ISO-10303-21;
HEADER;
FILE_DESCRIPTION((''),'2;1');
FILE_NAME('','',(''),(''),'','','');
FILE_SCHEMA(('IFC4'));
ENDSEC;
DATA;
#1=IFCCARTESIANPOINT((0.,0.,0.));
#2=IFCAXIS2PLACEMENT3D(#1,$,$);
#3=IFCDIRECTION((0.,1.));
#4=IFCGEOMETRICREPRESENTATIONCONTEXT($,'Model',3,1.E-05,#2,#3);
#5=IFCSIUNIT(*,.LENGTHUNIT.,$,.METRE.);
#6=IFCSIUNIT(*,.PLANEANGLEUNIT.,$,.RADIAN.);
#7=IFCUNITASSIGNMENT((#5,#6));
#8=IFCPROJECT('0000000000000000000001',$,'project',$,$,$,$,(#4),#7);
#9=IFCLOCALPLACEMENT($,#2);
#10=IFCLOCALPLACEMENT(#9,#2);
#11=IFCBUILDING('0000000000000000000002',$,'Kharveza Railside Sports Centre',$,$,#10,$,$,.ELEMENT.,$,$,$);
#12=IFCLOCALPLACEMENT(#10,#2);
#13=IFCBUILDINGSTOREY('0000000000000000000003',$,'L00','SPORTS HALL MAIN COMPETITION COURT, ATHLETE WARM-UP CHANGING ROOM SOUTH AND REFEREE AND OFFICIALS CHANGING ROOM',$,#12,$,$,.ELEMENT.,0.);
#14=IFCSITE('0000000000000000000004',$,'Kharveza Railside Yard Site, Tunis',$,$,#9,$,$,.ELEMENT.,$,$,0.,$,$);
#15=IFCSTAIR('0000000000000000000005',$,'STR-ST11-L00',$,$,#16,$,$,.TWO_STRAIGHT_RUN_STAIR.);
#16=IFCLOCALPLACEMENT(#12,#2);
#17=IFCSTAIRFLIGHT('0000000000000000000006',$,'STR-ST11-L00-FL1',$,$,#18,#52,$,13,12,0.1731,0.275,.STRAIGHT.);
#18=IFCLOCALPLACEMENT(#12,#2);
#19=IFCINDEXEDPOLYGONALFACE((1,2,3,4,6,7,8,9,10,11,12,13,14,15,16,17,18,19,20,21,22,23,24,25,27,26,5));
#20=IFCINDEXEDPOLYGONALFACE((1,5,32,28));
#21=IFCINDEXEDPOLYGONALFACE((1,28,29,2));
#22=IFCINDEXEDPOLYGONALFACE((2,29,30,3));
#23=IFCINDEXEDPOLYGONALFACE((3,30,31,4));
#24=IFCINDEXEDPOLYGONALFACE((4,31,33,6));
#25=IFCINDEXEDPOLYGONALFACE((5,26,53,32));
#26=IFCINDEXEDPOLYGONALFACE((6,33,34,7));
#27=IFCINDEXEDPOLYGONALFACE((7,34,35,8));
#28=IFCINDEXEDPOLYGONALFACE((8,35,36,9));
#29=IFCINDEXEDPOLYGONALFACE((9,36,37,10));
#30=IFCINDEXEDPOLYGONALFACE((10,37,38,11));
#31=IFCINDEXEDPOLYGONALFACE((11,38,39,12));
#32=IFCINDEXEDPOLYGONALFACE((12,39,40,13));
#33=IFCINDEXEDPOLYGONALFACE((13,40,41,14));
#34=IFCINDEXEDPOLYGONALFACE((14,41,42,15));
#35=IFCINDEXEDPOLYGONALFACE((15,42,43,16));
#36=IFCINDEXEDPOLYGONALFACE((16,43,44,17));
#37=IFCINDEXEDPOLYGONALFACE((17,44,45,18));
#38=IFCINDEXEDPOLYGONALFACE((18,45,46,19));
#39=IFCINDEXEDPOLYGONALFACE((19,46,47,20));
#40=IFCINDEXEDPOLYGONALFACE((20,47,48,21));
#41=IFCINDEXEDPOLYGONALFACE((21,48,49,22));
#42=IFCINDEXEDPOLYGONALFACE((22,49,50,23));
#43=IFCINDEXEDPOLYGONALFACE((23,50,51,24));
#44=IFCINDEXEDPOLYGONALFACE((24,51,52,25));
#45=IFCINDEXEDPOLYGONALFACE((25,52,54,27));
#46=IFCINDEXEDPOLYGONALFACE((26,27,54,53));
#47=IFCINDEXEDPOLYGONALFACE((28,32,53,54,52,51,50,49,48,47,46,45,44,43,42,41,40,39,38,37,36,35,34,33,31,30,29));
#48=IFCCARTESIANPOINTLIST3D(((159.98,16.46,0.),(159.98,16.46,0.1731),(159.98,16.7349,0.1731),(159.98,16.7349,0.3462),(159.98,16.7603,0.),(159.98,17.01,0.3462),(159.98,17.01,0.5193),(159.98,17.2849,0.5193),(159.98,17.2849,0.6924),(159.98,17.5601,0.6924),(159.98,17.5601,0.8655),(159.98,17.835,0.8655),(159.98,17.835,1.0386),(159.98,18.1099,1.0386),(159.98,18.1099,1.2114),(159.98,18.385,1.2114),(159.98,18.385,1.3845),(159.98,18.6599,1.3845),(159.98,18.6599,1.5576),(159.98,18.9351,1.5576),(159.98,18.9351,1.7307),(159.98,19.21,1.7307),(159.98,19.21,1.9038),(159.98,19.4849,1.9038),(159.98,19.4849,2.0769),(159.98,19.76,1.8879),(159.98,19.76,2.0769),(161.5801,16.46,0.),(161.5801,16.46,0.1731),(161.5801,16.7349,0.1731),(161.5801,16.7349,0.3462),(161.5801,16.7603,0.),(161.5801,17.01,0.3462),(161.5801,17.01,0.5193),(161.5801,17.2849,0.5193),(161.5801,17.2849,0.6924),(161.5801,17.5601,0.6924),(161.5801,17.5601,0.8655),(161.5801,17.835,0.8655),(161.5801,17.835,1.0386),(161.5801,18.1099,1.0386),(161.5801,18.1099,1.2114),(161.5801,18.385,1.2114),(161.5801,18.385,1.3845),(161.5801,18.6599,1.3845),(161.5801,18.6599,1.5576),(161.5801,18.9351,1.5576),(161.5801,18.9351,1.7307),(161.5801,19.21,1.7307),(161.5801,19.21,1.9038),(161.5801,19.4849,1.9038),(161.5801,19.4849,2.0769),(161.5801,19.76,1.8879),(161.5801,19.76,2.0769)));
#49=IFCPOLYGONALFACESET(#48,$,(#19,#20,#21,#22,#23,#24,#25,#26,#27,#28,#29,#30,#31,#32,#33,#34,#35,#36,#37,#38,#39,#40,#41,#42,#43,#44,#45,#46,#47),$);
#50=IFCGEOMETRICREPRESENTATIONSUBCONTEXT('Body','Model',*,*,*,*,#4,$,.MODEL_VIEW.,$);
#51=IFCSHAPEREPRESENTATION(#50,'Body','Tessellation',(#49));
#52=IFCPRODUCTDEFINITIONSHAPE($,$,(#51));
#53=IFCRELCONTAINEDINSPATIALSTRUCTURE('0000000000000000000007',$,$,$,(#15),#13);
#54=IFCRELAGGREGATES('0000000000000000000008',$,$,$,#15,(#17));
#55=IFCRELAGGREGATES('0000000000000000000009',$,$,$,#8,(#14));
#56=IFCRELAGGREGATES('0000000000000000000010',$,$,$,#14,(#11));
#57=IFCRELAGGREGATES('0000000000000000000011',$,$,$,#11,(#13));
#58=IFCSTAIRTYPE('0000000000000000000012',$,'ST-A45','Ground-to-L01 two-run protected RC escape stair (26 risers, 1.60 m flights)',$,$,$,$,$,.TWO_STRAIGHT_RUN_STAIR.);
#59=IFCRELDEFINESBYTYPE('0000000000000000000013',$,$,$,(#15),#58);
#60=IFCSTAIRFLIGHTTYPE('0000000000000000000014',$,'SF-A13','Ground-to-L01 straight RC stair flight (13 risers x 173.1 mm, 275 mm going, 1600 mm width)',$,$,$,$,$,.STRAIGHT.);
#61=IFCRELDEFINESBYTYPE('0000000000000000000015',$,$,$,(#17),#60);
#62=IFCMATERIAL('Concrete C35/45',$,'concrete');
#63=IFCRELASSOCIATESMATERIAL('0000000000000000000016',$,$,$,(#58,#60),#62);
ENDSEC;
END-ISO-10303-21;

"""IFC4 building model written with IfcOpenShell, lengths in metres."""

from ifc_helpers import new_model, si_unit, direction, frame, origin, place, context, subcontext, project, spatial, polyline, outline, extrude, material, type_object, element, aggregate, save


model = new_model("IFC4")

# Units and contexts
model_context = context("Model", 3, precision=1e-05, world=origin(), true_north=direction((0.0, 1.0)))
body_context = subcontext(model_context, "Body", "Model", "MODEL_VIEW")
ifc_project = project(units=[si_unit("LENGTHUNIT", "METRE"), si_unit("PLANEANGLEUNIT", "RADIAN")], contexts=[model_context])

# Site, building, storey
site_placement = place(None, origin())
site = spatial("IfcSite", under=ifc_project, at=site_placement, Name="Kharveza Railside Yard Site, Tunis", CompositionType="ELEMENT", RefElevation=0.0)
building_placement = place(site_placement, origin())
building = spatial("IfcBuilding", under=site, at=building_placement, Name="Kharveza Railside Sports Centre", CompositionType="ELEMENT")
storey_placement = place(building_placement, origin())
storey = spatial("IfcBuildingStorey", under=building, at=storey_placement, Name="L00", Description="SPORTS HALL MAIN COMPETITION COURT, ATHLETE WARM-UP CHANGING ROOM SOUTH AND REFEREE AND OFFICIALS CHANGING ROOM", CompositionType="ELEMENT", Elevation=0.0)

# Shared definitions
ifc_material_1 = material(Name="Concrete C35/45", Category="concrete")

# Stair, stair flight
stair_type = type_object("IfcStairType", Name="ST-A45", Description="Ground-to-L01 two-run protected RC escape stair (26 risers, 1.60 m flights)", PredefinedType="TWO_STRAIGHT_RUN_STAIR", material=ifc_material_1)
stair_placement = place(storey_placement, origin())
stair = element("IfcStair", 1, at=stair_placement, inside=storey, type_object=stair_type, Name="STR-ST11-L00", PredefinedType="TWO_STRAIGHT_RUN_STAIR")
stair_flight_type = type_object("IfcStairFlightType", Name="SF-A13", Description="Ground-to-L01 straight RC stair flight (13 risers x 173.1 mm, 275 mm going, 1600 mm width)", PredefinedType="STRAIGHT", material=ifc_material_1)
stair_flight_placement = place(storey_placement, frame((160.78, 16.46, 0.0), z_axis=(0.0, 0.0, 1.0), x_axis=(0.0, 1.0, 0.0)))
stair_flight = element("IfcStairFlight", 2, at=stair_flight_placement, type_object=stair_flight_type, Name="STR-ST11-L00-FL1", NumberOfRisers=13, NumberOfTreads=12, PredefinedType="STRAIGHT", RiserHeight=0.1731, TreadLength=0.275, context=body_context, shape_type="SweptSolid", body=[
    extrude(outline(polyline([(0.0, 0.0), (0.0, 0.1731), (0.2749, 0.1731), (0.2749, 0.3462), (0.55, 0.3462), (0.55, 0.5193), (0.825, 0.5193), (0.825, 0.6924), (1.1001, 0.6924), (1.1001, 0.8655), (1.375, 0.8655), (1.375, 1.0386), (1.6499, 1.0386), (1.6499, 1.2114), (1.925, 1.2114), (1.925, 1.3845), (2.2, 1.3845), (2.2, 1.5576), (2.4751, 1.5576), (2.4751, 1.7307), (2.75, 1.7307), (2.75, 1.9038), (3.0249, 1.9038), (3.0249, 2.0769), (3.3, 2.0769), (3.3, 2.25), (3.3, 1.8879), (0.3003, 0.0), (0.0, 0.0)])), frame((0.0, 0.8, 0.0), z_axis=(0.0, -1.0, 0.0), x_axis=(1.0, 0.0, 0.0)), (0.0, 0.0, 1.0), 1.6001),
])
aggregate(stair, [stair_flight])

save(model, "model.ifc")
